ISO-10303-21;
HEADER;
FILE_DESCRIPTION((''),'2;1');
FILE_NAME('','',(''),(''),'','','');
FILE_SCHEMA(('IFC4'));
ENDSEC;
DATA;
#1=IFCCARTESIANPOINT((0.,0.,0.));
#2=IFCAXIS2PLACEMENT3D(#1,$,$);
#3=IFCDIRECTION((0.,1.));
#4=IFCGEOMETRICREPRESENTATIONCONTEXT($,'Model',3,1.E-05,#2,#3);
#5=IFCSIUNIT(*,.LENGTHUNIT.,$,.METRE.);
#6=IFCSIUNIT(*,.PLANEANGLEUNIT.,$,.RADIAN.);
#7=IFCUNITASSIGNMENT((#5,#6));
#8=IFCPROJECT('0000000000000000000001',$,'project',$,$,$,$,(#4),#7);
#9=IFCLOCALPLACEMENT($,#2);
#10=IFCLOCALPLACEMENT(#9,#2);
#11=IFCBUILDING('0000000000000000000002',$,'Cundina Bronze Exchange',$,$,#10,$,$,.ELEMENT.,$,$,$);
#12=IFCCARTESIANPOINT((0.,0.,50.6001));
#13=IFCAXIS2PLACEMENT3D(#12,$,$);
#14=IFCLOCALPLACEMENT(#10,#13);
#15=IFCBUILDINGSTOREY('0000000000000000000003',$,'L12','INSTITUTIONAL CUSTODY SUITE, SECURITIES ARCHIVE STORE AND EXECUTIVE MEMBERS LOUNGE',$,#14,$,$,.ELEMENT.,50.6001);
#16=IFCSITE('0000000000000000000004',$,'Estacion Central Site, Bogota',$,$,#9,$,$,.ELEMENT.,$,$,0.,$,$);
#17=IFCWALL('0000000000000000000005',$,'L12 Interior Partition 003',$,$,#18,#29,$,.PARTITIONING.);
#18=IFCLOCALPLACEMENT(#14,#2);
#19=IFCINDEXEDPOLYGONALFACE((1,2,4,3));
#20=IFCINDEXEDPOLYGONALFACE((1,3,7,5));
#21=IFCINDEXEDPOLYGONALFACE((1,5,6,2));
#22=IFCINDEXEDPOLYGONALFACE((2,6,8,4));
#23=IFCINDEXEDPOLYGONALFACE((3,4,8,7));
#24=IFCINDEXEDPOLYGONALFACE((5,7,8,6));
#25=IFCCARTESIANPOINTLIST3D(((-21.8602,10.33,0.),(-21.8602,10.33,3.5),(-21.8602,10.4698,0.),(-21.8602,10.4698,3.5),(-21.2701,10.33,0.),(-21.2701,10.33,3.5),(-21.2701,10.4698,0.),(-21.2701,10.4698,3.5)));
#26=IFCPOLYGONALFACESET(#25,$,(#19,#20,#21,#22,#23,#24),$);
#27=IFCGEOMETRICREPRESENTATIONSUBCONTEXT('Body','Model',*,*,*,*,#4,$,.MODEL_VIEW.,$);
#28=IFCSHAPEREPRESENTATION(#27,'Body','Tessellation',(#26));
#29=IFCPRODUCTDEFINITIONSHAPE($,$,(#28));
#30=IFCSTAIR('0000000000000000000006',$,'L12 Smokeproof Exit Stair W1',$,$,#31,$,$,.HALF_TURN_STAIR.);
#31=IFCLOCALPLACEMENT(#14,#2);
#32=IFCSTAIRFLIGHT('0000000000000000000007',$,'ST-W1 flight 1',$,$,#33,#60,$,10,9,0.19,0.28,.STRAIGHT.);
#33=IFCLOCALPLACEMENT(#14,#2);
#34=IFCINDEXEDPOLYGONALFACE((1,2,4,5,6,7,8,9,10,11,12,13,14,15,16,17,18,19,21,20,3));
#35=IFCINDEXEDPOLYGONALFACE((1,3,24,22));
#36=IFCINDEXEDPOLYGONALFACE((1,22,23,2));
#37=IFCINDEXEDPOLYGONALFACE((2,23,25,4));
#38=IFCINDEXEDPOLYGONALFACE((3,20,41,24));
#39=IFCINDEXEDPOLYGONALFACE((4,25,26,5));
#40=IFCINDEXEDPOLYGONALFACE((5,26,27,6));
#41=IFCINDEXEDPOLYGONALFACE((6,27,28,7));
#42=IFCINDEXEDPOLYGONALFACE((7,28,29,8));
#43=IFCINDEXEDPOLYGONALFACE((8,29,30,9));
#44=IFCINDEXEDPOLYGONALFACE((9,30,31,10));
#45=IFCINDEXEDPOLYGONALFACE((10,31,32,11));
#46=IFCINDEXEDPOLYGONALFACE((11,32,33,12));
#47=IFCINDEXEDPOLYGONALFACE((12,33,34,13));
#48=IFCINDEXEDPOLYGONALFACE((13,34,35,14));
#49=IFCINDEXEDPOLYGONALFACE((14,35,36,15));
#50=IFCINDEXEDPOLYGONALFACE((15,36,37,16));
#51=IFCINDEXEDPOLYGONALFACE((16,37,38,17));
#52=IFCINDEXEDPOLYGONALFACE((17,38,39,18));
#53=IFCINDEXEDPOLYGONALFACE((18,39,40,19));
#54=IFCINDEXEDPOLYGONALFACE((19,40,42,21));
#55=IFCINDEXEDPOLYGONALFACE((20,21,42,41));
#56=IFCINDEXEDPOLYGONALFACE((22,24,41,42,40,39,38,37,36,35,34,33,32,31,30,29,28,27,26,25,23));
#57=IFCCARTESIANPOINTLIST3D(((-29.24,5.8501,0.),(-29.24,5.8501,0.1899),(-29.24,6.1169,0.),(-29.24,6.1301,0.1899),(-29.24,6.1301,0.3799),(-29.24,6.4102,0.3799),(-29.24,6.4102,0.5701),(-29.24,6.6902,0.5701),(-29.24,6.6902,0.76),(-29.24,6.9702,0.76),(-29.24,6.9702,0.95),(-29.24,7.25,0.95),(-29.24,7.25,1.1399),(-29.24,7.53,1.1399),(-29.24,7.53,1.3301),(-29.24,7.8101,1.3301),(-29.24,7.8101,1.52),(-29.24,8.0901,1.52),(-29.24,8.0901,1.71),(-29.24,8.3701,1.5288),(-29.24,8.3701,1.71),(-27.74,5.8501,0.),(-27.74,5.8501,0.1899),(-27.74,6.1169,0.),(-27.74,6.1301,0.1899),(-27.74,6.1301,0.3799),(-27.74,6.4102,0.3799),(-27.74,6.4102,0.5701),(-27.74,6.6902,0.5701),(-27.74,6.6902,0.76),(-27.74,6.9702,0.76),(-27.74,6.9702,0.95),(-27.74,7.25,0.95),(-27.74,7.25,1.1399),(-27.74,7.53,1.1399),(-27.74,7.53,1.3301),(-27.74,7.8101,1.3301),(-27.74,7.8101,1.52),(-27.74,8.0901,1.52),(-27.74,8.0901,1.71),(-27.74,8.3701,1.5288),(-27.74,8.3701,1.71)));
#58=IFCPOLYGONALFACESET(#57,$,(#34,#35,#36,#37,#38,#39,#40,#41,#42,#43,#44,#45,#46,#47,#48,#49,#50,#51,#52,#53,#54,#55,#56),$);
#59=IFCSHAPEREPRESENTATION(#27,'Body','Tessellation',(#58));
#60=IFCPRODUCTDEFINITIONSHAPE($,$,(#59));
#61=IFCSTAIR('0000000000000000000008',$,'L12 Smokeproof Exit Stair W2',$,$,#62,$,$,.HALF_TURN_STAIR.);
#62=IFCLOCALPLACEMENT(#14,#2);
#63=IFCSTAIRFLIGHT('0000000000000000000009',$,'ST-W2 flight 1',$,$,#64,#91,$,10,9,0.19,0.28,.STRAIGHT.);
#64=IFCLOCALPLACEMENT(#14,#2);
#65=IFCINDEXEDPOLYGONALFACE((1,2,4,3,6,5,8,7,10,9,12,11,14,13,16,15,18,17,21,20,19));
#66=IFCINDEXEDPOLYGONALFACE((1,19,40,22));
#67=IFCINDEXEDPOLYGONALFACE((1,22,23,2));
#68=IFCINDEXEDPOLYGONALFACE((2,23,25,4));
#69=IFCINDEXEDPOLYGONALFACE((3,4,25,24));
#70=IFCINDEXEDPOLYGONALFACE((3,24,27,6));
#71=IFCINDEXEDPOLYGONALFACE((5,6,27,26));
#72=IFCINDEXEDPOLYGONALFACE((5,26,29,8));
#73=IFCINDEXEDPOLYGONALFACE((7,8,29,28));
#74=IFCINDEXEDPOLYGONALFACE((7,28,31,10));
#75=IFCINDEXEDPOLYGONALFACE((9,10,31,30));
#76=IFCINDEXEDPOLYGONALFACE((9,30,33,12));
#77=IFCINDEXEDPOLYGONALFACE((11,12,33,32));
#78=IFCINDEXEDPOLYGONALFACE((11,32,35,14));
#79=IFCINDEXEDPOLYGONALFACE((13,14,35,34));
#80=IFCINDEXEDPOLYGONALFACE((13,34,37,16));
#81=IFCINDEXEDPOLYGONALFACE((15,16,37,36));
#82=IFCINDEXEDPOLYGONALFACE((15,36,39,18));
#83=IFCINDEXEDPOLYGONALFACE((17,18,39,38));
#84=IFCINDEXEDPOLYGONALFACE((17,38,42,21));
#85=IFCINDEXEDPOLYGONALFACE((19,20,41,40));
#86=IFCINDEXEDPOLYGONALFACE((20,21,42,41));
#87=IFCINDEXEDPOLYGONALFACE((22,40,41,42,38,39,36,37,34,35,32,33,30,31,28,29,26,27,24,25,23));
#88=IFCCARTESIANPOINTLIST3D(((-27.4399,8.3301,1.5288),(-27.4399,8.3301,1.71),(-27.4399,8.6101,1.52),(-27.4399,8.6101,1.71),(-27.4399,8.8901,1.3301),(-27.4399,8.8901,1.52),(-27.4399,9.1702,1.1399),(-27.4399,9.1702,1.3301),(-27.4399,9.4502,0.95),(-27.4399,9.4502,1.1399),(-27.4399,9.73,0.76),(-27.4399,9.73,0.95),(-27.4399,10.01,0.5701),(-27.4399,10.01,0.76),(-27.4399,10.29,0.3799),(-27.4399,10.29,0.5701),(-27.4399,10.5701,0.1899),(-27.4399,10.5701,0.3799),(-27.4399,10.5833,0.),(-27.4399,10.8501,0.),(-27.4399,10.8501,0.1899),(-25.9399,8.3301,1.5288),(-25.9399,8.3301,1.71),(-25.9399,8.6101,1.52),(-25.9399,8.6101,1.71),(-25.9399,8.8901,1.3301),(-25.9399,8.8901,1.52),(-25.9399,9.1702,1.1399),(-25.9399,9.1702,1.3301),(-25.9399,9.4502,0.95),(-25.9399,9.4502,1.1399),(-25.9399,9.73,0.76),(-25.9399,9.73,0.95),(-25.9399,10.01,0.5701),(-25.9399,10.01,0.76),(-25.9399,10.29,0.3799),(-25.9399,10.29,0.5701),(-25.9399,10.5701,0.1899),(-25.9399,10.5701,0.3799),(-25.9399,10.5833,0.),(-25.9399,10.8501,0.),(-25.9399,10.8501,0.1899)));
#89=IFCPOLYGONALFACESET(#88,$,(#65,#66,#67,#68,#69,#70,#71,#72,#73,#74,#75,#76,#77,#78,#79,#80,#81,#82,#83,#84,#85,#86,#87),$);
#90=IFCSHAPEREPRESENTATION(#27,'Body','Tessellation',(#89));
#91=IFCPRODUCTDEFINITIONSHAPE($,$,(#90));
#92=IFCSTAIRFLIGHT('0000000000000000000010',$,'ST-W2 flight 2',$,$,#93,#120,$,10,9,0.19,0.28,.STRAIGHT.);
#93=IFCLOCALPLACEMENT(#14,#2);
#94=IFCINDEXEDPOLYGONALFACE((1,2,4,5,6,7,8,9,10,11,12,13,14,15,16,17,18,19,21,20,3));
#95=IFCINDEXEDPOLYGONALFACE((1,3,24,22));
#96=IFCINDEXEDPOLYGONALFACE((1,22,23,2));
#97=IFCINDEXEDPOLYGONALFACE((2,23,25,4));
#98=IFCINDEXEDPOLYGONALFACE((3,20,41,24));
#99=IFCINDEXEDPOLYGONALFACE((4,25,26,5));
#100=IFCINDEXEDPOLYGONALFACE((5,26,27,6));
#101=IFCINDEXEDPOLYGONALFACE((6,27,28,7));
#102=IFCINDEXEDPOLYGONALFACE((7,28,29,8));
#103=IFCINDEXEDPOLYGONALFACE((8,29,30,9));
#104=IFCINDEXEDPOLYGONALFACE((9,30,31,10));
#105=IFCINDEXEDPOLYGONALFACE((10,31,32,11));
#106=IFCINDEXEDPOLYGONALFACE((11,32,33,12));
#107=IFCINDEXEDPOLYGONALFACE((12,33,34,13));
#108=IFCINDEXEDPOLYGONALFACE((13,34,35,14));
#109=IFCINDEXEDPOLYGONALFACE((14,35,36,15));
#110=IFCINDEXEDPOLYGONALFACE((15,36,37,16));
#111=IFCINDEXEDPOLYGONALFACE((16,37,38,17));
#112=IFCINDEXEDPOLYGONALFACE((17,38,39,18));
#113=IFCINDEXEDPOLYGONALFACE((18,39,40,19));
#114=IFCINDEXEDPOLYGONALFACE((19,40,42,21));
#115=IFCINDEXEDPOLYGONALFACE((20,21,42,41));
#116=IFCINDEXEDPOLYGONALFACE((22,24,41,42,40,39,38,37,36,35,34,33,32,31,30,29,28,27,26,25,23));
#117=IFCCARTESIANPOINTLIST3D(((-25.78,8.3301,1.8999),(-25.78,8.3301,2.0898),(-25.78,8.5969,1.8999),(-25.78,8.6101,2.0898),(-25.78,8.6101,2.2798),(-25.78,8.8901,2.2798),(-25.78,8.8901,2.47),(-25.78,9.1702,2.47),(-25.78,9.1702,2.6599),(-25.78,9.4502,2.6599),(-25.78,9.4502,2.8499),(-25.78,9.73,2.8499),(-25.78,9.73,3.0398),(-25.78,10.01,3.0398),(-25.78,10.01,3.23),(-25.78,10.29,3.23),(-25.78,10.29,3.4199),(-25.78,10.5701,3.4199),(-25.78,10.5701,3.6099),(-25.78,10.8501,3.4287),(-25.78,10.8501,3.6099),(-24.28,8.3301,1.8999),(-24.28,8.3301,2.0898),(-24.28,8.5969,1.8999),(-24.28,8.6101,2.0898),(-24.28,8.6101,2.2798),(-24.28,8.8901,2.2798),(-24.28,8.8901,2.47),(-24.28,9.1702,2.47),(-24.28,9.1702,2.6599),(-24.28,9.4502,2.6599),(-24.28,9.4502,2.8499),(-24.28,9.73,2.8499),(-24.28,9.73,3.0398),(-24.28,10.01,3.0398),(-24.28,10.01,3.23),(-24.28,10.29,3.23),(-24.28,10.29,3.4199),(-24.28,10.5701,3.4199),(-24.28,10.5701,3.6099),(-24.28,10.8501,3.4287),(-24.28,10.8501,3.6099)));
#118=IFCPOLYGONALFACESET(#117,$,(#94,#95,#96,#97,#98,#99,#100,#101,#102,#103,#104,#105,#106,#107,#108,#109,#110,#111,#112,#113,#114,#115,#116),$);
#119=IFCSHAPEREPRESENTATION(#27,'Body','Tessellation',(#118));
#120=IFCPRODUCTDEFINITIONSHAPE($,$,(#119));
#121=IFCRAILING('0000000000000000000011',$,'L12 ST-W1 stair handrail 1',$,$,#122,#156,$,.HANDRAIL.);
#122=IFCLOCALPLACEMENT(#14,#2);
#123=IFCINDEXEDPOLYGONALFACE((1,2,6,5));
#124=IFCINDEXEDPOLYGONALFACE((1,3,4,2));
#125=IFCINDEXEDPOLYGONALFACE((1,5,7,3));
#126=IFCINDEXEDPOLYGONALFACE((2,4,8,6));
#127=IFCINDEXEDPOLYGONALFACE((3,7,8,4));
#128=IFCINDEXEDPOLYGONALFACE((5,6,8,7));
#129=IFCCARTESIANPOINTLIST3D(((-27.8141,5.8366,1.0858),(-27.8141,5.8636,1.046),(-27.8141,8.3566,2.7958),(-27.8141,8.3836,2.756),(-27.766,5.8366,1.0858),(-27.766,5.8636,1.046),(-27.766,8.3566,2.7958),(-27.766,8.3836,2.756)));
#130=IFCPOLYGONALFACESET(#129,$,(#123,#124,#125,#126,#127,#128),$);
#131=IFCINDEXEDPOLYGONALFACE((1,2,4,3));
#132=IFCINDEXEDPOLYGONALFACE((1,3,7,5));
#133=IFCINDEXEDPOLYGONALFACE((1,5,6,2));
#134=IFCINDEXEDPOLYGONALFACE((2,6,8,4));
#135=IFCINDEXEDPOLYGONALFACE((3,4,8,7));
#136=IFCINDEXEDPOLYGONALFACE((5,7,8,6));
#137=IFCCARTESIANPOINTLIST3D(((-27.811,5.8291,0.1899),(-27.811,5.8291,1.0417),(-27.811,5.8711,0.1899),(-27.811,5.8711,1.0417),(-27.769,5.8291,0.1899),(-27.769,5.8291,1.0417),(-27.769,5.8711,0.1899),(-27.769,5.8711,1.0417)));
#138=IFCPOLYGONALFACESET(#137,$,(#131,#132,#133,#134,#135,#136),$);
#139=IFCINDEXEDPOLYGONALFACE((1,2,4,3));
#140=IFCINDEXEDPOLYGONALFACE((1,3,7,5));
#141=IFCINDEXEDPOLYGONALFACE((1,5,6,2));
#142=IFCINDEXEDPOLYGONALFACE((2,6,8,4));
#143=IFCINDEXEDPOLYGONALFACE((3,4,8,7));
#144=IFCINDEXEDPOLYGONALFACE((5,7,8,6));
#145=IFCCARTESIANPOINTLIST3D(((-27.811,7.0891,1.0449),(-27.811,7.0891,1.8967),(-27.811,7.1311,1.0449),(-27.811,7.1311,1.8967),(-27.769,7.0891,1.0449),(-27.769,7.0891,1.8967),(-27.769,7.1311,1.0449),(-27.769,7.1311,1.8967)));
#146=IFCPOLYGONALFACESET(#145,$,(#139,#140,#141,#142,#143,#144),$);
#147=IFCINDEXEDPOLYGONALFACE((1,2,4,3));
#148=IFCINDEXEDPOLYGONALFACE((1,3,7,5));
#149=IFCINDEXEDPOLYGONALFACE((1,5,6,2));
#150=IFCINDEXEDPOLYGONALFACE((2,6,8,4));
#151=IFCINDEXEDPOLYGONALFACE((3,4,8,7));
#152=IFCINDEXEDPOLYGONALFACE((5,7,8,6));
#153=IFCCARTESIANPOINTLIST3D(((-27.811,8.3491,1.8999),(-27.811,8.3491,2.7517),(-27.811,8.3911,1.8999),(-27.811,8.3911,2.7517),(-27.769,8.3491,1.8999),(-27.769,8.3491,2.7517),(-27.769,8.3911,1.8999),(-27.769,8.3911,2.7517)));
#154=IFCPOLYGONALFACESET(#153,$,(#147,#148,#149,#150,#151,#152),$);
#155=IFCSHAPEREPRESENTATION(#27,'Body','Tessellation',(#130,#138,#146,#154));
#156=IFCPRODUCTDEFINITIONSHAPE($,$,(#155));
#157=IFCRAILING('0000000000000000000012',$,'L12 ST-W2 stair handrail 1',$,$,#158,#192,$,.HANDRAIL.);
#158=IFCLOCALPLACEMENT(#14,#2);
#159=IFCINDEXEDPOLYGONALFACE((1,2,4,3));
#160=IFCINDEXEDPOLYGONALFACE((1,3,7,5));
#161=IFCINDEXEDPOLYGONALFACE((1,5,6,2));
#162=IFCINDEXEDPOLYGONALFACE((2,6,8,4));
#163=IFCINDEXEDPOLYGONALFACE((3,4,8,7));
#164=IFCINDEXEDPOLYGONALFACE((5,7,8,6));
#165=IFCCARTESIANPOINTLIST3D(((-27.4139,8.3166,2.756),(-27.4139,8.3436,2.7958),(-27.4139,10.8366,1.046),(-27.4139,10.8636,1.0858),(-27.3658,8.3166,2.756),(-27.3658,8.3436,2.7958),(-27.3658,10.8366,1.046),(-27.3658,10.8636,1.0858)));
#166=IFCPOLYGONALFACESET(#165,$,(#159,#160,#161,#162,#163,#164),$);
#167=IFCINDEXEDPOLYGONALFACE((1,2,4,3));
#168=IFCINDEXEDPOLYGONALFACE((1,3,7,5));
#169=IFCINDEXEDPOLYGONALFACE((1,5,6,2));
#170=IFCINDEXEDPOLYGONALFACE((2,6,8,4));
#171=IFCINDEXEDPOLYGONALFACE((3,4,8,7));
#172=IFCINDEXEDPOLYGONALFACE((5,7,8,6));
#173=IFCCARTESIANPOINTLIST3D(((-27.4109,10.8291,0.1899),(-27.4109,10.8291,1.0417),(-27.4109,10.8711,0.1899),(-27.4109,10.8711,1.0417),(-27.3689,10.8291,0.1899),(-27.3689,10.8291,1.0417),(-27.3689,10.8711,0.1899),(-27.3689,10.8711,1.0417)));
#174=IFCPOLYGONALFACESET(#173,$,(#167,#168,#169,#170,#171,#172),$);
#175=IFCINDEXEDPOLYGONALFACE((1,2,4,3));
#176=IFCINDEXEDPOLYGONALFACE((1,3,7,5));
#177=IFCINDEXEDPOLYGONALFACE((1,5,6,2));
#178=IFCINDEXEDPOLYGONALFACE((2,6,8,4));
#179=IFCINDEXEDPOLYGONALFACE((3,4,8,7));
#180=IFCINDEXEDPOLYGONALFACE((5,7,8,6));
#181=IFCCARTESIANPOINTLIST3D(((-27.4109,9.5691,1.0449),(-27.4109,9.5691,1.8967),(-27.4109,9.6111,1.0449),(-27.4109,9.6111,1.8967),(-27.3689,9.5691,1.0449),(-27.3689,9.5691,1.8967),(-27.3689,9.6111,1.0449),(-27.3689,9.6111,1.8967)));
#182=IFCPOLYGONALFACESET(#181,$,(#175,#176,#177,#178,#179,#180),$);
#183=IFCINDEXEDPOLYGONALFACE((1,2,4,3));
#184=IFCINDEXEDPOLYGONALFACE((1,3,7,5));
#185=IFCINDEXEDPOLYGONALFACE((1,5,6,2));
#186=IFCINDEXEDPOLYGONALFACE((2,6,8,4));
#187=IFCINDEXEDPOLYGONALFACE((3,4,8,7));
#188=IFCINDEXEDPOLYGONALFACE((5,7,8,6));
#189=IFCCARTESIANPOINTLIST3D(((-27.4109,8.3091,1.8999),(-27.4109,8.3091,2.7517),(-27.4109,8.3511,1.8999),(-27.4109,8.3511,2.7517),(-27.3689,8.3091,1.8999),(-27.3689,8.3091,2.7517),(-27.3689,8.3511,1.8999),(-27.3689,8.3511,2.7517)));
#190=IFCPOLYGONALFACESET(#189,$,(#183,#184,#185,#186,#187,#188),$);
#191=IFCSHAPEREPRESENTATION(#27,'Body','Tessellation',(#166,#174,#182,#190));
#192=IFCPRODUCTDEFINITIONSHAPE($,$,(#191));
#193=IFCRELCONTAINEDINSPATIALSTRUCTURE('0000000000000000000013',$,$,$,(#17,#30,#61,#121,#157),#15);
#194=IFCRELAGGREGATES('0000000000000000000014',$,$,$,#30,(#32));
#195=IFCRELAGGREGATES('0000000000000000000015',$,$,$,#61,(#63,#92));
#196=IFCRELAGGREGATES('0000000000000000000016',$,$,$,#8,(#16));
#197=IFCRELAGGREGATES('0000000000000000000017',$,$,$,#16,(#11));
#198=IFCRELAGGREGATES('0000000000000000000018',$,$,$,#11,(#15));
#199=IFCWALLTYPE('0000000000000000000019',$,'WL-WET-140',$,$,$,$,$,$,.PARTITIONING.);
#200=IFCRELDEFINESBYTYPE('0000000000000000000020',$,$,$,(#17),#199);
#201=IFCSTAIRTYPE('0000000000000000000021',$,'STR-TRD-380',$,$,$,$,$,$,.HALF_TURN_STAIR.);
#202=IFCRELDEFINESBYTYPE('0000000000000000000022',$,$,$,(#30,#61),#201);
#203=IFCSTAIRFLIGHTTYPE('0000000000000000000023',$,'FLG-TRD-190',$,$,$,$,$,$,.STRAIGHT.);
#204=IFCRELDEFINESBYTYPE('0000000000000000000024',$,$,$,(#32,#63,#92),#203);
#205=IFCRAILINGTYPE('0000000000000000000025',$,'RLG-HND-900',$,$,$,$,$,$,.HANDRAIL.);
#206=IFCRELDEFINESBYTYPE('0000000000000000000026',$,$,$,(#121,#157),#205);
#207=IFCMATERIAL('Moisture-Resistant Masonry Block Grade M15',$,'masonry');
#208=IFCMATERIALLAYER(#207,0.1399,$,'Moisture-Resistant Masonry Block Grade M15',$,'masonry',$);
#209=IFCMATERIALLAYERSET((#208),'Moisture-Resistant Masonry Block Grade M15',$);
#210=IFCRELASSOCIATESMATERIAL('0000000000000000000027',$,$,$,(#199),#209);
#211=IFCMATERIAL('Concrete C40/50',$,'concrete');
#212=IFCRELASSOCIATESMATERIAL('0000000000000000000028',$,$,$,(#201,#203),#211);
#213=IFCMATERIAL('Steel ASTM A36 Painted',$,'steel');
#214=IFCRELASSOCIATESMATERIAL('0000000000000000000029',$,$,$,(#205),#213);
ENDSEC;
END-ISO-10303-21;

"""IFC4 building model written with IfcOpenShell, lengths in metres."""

from ifc_helpers import new_model, si_unit, direction, frame, frame_2d, origin, origin_2d, place, context, subcontext, project, spatial, polyline, rectangle, outline, extrude, material, layer, layer_set, type_object, element, aggregate, save


model = new_model("IFC4")

# Units and contexts
model_context = context("Model", 3, precision=1e-05, world=origin(), true_north=direction((0.0, 1.0)))
body_context = subcontext(model_context, "Body", "Model", "MODEL_VIEW")
ifc_project = project(units=[si_unit("LENGTHUNIT", "METRE"), si_unit("PLANEANGLEUNIT", "RADIAN")], contexts=[model_context])

# Site, building, storey
site_placement = place(None, origin())
site = spatial("IfcSite", under=ifc_project, at=site_placement, Name="Estacion Central Site, Bogota", CompositionType="ELEMENT", RefElevation=0.0)
building_placement = place(site_placement, origin())
building = spatial("IfcBuilding", under=site, at=building_placement, Name="Cundina Bronze Exchange", CompositionType="ELEMENT")
storey_placement = place(building_placement, frame((0.0, 0.0, 50.6001)))
storey = spatial("IfcBuildingStorey", under=building, at=storey_placement, Name="L12", Description="INSTITUTIONAL CUSTODY SUITE, SECURITIES ARCHIVE STORE AND EXECUTIVE MEMBERS LOUNGE", CompositionType="ELEMENT", Elevation=50.6001)

# Shared definitions
ifc_material_1 = material(Name="Steel ASTM A36 Painted", Category="steel")

# Wall
ifc_material_2 = material(Name="Moisture-Resistant Masonry Block Grade M15", Category="masonry")
ifc_layer_1 = layer(ifc_material_2, 0.1399, Name="Moisture-Resistant Masonry Block Grade M15", Category="masonry")
ifc_layer_set_1 = layer_set([ifc_layer_1], Name="Moisture-Resistant Masonry Block Grade M15")
wall_type_1 = type_object("IfcWallType", Name="WL-WET-140", PredefinedType="PARTITIONING", material=ifc_layer_set_1)
wall_1_placement = place(storey_placement, frame((-21.8601, 10.3999, 0.0), z_axis=(0.0, 0.0, 1.0), x_axis=(1.0, 0.0, 0.0)))
element("IfcWall", 1, at=wall_1_placement, inside=storey, type_object=wall_type_1, Name="L12 Interior Partition 003", PredefinedType="PARTITIONING", context=body_context, shape_type="SweptSolid", body=[
    extrude(rectangle(XDim=0.5901, YDim=0.1399, at=frame_2d((0.2949, 0.0))), origin(), (0.0, 0.0, 1.0), 3.5),
])

# Stair, stair flight
ifc_material_3 = material(Name="Concrete C40/50", Category="concrete")
stair_type = type_object("IfcStairType", Name="STR-TRD-380", PredefinedType="HALF_TURN_STAIR", material=ifc_material_3)
stair_1_placement = place(storey_placement, origin())
stair_1 = element("IfcStair", 2, at=stair_1_placement, inside=storey, type_object=stair_type, Name="L12 Smokeproof Exit Stair W1", PredefinedType="HALF_TURN_STAIR")
stair_flight_type = type_object("IfcStairFlightType", Name="FLG-TRD-190", PredefinedType="STRAIGHT", material=ifc_material_3)
stair_flight_1_placement = place(storey_placement, frame((-28.49, 5.8501, 0.0), z_axis=(0.0, 0.0, 1.0), x_axis=(0.0, 1.0, 0.0)))
stair_flight_1 = element("IfcStairFlight", 3, at=stair_flight_1_placement, type_object=stair_flight_type, Name="ST-W1 flight 1", NumberOfRisers=10, NumberOfTreads=9, PredefinedType="STRAIGHT", RiserHeight=0.19, TreadLength=0.28, context=body_context, shape_type="SweptSolid", body=[
    extrude(outline(polyline([(0.0, 0.0), (0.0, 0.1899), (0.28, 0.1899), (0.28, 0.3799), (0.5601, 0.3799), (0.5601, 0.5701), (0.8401, 0.5701), (0.8401, 0.76), (1.1201, 0.76), (1.1201, 0.95), (1.3999, 0.95), (1.3999, 1.1399), (1.6799, 1.1399), (1.6799, 1.3301), (1.96, 1.3301), (1.96, 1.52), (2.24, 1.52), (2.24, 1.71), (2.52, 1.71), (2.52, 1.8999), (2.52, 1.5288), (0.2668, 0.0), (0.0, 0.0)])), frame((0.0, 0.75, 0.0), z_axis=(0.0, -1.0, 0.0), x_axis=(1.0, 0.0, 0.0)), (0.0, 0.0, 1.0), 1.5),
])
aggregate(stair_1, [stair_flight_1])

# Stair, stair flights
stair_2_placement = place(storey_placement, origin())
stair_2 = element("IfcStair", 4, at=stair_2_placement, inside=storey, type_object=stair_type, Name="L12 Smokeproof Exit Stair W2", PredefinedType="HALF_TURN_STAIR")
stair_flight_2_placement = place(storey_placement, frame((-26.6899, 10.8501, 0.0), z_axis=(0.0, 0.0, 1.0), x_axis=(0.0, -1.0, 0.0)))
stair_flight_2 = element("IfcStairFlight", 5, at=stair_flight_2_placement, type_object=stair_flight_type, Name="ST-W2 flight 1", NumberOfRisers=10, NumberOfTreads=9, PredefinedType="STRAIGHT", RiserHeight=0.19, TreadLength=0.28, context=body_context, shape_type="SweptSolid", body=[
    extrude(outline(polyline([(0.0, 0.0), (0.0, 0.1899), (0.28, 0.1899), (0.28, 0.3799), (0.5601, 0.3799), (0.5601, 0.5701), (0.8401, 0.5701), (0.8401, 0.76), (1.1201, 0.76), (1.1201, 0.95), (1.3999, 0.95), (1.3999, 1.1399), (1.6799, 1.1399), (1.6799, 1.3301), (1.96, 1.3301), (1.96, 1.52), (2.24, 1.52), (2.24, 1.71), (2.52, 1.71), (2.52, 1.8999), (2.52, 1.5288), (0.2668, 0.0), (0.0, 0.0)])), frame((0.0, 0.75, 0.0), z_axis=(0.0, -1.0, 0.0), x_axis=(1.0, 0.0, 0.0)), (0.0, 0.0, 1.0), 1.5),
])
stair_flight_3_placement = place(storey_placement, frame((-25.03, 8.3301, 1.8999), z_axis=(0.0, 0.0, 1.0), x_axis=(0.0, 1.0, 0.0)))
stair_flight_3 = element("IfcStairFlight", 6, at=stair_flight_3_placement, type_object=stair_flight_type, Name="ST-W2 flight 2", NumberOfRisers=10, NumberOfTreads=9, PredefinedType="STRAIGHT", RiserHeight=0.19, TreadLength=0.28, context=body_context, shape_type="SweptSolid", body=[
    extrude(outline(polyline([(0.0, 0.0), (0.0, 0.1899), (0.28, 0.1899), (0.28, 0.3799), (0.5601, 0.3799), (0.5601, 0.5701), (0.8401, 0.5701), (0.8401, 0.76), (1.1201, 0.76), (1.1201, 0.95), (1.3999, 0.95), (1.3999, 1.1399), (1.6799, 1.1399), (1.6799, 1.3301), (1.96, 1.3301), (1.96, 1.52), (2.24, 1.52), (2.24, 1.71), (2.52, 1.71), (2.52, 1.8999), (2.52, 1.5288), (0.2668, 0.0), (0.0, 0.0)])), frame((0.0, 0.75, 0.0), z_axis=(0.0, -1.0, 0.0), x_axis=(1.0, 0.0, 0.0)), (0.0, 0.0, 1.0), 1.5),
])
aggregate(stair_2, [stair_flight_2, stair_flight_3])

# Railings
railing_type_1 = type_object("IfcRailingType", Name="RLG-HND-900", PredefinedType="HANDRAIL", material=ifc_material_1)
railing_1_placement = place(storey_placement, frame((-27.79, 5.8501, 0.1899)))
element("IfcRailing", 7, at=railing_1_placement, inside=storey, type_object=railing_type_1, Name="L12 ST-W1 stair handrail 1", PredefinedType="HANDRAIL", context=body_context, shape_type="SweptSolid", body=[
    extrude(rectangle(XDim=0.0481, YDim=0.0481, at=origin_2d()), frame((0.0, 0.0, 0.876), z_axis=(0.0, 0.827484, 0.56149), x_axis=(-1.0, 0.0, 0.0)), (0.0, 0.0, 1.0), 3.0454),
    extrude(rectangle(XDim=0.042, YDim=0.042, at=origin_2d()), origin(), (0.0, 0.0, 1.0), 0.8518),
    extrude(rectangle(XDim=0.042, YDim=0.042, at=origin_2d()), frame((0.0, 1.26, 0.855)), (0.0, 0.0, 1.0), 0.8518),
    extrude(rectangle(XDim=0.042, YDim=0.042, at=origin_2d()), frame((0.0, 2.52, 1.71)), (0.0, 0.0, 1.0), 0.8518),
])
railing_2_placement = place(storey_placement, frame((-27.3899, 10.8501, 0.1899)))
element("IfcRailing", 8, at=railing_2_placement, inside=storey, type_object=railing_type_1, Name="L12 ST-W2 stair handrail 1", PredefinedType="HANDRAIL", context=body_context, shape_type="SweptSolid", body=[
    extrude(rectangle(XDim=0.0481, YDim=0.0481, at=origin_2d()), frame((0.0, 0.0, 0.876), z_axis=(0.0, -0.827484, 0.56149), x_axis=(1.0, 0.0, 0.0)), (0.0, 0.0, 1.0), 3.0454),
    extrude(rectangle(XDim=0.042, YDim=0.042, at=origin_2d()), origin(), (0.0, 0.0, 1.0), 0.8518),
    extrude(rectangle(XDim=0.042, YDim=0.042, at=origin_2d()), frame((0.0, -1.26, 0.855)), (0.0, 0.0, 1.0), 0.8518),
    extrude(rectangle(XDim=0.042, YDim=0.042, at=origin_2d()), frame((0.0, -2.52, 1.71)), (0.0, 0.0, 1.0), 0.8518),
])

save(model, "model.ifc")
